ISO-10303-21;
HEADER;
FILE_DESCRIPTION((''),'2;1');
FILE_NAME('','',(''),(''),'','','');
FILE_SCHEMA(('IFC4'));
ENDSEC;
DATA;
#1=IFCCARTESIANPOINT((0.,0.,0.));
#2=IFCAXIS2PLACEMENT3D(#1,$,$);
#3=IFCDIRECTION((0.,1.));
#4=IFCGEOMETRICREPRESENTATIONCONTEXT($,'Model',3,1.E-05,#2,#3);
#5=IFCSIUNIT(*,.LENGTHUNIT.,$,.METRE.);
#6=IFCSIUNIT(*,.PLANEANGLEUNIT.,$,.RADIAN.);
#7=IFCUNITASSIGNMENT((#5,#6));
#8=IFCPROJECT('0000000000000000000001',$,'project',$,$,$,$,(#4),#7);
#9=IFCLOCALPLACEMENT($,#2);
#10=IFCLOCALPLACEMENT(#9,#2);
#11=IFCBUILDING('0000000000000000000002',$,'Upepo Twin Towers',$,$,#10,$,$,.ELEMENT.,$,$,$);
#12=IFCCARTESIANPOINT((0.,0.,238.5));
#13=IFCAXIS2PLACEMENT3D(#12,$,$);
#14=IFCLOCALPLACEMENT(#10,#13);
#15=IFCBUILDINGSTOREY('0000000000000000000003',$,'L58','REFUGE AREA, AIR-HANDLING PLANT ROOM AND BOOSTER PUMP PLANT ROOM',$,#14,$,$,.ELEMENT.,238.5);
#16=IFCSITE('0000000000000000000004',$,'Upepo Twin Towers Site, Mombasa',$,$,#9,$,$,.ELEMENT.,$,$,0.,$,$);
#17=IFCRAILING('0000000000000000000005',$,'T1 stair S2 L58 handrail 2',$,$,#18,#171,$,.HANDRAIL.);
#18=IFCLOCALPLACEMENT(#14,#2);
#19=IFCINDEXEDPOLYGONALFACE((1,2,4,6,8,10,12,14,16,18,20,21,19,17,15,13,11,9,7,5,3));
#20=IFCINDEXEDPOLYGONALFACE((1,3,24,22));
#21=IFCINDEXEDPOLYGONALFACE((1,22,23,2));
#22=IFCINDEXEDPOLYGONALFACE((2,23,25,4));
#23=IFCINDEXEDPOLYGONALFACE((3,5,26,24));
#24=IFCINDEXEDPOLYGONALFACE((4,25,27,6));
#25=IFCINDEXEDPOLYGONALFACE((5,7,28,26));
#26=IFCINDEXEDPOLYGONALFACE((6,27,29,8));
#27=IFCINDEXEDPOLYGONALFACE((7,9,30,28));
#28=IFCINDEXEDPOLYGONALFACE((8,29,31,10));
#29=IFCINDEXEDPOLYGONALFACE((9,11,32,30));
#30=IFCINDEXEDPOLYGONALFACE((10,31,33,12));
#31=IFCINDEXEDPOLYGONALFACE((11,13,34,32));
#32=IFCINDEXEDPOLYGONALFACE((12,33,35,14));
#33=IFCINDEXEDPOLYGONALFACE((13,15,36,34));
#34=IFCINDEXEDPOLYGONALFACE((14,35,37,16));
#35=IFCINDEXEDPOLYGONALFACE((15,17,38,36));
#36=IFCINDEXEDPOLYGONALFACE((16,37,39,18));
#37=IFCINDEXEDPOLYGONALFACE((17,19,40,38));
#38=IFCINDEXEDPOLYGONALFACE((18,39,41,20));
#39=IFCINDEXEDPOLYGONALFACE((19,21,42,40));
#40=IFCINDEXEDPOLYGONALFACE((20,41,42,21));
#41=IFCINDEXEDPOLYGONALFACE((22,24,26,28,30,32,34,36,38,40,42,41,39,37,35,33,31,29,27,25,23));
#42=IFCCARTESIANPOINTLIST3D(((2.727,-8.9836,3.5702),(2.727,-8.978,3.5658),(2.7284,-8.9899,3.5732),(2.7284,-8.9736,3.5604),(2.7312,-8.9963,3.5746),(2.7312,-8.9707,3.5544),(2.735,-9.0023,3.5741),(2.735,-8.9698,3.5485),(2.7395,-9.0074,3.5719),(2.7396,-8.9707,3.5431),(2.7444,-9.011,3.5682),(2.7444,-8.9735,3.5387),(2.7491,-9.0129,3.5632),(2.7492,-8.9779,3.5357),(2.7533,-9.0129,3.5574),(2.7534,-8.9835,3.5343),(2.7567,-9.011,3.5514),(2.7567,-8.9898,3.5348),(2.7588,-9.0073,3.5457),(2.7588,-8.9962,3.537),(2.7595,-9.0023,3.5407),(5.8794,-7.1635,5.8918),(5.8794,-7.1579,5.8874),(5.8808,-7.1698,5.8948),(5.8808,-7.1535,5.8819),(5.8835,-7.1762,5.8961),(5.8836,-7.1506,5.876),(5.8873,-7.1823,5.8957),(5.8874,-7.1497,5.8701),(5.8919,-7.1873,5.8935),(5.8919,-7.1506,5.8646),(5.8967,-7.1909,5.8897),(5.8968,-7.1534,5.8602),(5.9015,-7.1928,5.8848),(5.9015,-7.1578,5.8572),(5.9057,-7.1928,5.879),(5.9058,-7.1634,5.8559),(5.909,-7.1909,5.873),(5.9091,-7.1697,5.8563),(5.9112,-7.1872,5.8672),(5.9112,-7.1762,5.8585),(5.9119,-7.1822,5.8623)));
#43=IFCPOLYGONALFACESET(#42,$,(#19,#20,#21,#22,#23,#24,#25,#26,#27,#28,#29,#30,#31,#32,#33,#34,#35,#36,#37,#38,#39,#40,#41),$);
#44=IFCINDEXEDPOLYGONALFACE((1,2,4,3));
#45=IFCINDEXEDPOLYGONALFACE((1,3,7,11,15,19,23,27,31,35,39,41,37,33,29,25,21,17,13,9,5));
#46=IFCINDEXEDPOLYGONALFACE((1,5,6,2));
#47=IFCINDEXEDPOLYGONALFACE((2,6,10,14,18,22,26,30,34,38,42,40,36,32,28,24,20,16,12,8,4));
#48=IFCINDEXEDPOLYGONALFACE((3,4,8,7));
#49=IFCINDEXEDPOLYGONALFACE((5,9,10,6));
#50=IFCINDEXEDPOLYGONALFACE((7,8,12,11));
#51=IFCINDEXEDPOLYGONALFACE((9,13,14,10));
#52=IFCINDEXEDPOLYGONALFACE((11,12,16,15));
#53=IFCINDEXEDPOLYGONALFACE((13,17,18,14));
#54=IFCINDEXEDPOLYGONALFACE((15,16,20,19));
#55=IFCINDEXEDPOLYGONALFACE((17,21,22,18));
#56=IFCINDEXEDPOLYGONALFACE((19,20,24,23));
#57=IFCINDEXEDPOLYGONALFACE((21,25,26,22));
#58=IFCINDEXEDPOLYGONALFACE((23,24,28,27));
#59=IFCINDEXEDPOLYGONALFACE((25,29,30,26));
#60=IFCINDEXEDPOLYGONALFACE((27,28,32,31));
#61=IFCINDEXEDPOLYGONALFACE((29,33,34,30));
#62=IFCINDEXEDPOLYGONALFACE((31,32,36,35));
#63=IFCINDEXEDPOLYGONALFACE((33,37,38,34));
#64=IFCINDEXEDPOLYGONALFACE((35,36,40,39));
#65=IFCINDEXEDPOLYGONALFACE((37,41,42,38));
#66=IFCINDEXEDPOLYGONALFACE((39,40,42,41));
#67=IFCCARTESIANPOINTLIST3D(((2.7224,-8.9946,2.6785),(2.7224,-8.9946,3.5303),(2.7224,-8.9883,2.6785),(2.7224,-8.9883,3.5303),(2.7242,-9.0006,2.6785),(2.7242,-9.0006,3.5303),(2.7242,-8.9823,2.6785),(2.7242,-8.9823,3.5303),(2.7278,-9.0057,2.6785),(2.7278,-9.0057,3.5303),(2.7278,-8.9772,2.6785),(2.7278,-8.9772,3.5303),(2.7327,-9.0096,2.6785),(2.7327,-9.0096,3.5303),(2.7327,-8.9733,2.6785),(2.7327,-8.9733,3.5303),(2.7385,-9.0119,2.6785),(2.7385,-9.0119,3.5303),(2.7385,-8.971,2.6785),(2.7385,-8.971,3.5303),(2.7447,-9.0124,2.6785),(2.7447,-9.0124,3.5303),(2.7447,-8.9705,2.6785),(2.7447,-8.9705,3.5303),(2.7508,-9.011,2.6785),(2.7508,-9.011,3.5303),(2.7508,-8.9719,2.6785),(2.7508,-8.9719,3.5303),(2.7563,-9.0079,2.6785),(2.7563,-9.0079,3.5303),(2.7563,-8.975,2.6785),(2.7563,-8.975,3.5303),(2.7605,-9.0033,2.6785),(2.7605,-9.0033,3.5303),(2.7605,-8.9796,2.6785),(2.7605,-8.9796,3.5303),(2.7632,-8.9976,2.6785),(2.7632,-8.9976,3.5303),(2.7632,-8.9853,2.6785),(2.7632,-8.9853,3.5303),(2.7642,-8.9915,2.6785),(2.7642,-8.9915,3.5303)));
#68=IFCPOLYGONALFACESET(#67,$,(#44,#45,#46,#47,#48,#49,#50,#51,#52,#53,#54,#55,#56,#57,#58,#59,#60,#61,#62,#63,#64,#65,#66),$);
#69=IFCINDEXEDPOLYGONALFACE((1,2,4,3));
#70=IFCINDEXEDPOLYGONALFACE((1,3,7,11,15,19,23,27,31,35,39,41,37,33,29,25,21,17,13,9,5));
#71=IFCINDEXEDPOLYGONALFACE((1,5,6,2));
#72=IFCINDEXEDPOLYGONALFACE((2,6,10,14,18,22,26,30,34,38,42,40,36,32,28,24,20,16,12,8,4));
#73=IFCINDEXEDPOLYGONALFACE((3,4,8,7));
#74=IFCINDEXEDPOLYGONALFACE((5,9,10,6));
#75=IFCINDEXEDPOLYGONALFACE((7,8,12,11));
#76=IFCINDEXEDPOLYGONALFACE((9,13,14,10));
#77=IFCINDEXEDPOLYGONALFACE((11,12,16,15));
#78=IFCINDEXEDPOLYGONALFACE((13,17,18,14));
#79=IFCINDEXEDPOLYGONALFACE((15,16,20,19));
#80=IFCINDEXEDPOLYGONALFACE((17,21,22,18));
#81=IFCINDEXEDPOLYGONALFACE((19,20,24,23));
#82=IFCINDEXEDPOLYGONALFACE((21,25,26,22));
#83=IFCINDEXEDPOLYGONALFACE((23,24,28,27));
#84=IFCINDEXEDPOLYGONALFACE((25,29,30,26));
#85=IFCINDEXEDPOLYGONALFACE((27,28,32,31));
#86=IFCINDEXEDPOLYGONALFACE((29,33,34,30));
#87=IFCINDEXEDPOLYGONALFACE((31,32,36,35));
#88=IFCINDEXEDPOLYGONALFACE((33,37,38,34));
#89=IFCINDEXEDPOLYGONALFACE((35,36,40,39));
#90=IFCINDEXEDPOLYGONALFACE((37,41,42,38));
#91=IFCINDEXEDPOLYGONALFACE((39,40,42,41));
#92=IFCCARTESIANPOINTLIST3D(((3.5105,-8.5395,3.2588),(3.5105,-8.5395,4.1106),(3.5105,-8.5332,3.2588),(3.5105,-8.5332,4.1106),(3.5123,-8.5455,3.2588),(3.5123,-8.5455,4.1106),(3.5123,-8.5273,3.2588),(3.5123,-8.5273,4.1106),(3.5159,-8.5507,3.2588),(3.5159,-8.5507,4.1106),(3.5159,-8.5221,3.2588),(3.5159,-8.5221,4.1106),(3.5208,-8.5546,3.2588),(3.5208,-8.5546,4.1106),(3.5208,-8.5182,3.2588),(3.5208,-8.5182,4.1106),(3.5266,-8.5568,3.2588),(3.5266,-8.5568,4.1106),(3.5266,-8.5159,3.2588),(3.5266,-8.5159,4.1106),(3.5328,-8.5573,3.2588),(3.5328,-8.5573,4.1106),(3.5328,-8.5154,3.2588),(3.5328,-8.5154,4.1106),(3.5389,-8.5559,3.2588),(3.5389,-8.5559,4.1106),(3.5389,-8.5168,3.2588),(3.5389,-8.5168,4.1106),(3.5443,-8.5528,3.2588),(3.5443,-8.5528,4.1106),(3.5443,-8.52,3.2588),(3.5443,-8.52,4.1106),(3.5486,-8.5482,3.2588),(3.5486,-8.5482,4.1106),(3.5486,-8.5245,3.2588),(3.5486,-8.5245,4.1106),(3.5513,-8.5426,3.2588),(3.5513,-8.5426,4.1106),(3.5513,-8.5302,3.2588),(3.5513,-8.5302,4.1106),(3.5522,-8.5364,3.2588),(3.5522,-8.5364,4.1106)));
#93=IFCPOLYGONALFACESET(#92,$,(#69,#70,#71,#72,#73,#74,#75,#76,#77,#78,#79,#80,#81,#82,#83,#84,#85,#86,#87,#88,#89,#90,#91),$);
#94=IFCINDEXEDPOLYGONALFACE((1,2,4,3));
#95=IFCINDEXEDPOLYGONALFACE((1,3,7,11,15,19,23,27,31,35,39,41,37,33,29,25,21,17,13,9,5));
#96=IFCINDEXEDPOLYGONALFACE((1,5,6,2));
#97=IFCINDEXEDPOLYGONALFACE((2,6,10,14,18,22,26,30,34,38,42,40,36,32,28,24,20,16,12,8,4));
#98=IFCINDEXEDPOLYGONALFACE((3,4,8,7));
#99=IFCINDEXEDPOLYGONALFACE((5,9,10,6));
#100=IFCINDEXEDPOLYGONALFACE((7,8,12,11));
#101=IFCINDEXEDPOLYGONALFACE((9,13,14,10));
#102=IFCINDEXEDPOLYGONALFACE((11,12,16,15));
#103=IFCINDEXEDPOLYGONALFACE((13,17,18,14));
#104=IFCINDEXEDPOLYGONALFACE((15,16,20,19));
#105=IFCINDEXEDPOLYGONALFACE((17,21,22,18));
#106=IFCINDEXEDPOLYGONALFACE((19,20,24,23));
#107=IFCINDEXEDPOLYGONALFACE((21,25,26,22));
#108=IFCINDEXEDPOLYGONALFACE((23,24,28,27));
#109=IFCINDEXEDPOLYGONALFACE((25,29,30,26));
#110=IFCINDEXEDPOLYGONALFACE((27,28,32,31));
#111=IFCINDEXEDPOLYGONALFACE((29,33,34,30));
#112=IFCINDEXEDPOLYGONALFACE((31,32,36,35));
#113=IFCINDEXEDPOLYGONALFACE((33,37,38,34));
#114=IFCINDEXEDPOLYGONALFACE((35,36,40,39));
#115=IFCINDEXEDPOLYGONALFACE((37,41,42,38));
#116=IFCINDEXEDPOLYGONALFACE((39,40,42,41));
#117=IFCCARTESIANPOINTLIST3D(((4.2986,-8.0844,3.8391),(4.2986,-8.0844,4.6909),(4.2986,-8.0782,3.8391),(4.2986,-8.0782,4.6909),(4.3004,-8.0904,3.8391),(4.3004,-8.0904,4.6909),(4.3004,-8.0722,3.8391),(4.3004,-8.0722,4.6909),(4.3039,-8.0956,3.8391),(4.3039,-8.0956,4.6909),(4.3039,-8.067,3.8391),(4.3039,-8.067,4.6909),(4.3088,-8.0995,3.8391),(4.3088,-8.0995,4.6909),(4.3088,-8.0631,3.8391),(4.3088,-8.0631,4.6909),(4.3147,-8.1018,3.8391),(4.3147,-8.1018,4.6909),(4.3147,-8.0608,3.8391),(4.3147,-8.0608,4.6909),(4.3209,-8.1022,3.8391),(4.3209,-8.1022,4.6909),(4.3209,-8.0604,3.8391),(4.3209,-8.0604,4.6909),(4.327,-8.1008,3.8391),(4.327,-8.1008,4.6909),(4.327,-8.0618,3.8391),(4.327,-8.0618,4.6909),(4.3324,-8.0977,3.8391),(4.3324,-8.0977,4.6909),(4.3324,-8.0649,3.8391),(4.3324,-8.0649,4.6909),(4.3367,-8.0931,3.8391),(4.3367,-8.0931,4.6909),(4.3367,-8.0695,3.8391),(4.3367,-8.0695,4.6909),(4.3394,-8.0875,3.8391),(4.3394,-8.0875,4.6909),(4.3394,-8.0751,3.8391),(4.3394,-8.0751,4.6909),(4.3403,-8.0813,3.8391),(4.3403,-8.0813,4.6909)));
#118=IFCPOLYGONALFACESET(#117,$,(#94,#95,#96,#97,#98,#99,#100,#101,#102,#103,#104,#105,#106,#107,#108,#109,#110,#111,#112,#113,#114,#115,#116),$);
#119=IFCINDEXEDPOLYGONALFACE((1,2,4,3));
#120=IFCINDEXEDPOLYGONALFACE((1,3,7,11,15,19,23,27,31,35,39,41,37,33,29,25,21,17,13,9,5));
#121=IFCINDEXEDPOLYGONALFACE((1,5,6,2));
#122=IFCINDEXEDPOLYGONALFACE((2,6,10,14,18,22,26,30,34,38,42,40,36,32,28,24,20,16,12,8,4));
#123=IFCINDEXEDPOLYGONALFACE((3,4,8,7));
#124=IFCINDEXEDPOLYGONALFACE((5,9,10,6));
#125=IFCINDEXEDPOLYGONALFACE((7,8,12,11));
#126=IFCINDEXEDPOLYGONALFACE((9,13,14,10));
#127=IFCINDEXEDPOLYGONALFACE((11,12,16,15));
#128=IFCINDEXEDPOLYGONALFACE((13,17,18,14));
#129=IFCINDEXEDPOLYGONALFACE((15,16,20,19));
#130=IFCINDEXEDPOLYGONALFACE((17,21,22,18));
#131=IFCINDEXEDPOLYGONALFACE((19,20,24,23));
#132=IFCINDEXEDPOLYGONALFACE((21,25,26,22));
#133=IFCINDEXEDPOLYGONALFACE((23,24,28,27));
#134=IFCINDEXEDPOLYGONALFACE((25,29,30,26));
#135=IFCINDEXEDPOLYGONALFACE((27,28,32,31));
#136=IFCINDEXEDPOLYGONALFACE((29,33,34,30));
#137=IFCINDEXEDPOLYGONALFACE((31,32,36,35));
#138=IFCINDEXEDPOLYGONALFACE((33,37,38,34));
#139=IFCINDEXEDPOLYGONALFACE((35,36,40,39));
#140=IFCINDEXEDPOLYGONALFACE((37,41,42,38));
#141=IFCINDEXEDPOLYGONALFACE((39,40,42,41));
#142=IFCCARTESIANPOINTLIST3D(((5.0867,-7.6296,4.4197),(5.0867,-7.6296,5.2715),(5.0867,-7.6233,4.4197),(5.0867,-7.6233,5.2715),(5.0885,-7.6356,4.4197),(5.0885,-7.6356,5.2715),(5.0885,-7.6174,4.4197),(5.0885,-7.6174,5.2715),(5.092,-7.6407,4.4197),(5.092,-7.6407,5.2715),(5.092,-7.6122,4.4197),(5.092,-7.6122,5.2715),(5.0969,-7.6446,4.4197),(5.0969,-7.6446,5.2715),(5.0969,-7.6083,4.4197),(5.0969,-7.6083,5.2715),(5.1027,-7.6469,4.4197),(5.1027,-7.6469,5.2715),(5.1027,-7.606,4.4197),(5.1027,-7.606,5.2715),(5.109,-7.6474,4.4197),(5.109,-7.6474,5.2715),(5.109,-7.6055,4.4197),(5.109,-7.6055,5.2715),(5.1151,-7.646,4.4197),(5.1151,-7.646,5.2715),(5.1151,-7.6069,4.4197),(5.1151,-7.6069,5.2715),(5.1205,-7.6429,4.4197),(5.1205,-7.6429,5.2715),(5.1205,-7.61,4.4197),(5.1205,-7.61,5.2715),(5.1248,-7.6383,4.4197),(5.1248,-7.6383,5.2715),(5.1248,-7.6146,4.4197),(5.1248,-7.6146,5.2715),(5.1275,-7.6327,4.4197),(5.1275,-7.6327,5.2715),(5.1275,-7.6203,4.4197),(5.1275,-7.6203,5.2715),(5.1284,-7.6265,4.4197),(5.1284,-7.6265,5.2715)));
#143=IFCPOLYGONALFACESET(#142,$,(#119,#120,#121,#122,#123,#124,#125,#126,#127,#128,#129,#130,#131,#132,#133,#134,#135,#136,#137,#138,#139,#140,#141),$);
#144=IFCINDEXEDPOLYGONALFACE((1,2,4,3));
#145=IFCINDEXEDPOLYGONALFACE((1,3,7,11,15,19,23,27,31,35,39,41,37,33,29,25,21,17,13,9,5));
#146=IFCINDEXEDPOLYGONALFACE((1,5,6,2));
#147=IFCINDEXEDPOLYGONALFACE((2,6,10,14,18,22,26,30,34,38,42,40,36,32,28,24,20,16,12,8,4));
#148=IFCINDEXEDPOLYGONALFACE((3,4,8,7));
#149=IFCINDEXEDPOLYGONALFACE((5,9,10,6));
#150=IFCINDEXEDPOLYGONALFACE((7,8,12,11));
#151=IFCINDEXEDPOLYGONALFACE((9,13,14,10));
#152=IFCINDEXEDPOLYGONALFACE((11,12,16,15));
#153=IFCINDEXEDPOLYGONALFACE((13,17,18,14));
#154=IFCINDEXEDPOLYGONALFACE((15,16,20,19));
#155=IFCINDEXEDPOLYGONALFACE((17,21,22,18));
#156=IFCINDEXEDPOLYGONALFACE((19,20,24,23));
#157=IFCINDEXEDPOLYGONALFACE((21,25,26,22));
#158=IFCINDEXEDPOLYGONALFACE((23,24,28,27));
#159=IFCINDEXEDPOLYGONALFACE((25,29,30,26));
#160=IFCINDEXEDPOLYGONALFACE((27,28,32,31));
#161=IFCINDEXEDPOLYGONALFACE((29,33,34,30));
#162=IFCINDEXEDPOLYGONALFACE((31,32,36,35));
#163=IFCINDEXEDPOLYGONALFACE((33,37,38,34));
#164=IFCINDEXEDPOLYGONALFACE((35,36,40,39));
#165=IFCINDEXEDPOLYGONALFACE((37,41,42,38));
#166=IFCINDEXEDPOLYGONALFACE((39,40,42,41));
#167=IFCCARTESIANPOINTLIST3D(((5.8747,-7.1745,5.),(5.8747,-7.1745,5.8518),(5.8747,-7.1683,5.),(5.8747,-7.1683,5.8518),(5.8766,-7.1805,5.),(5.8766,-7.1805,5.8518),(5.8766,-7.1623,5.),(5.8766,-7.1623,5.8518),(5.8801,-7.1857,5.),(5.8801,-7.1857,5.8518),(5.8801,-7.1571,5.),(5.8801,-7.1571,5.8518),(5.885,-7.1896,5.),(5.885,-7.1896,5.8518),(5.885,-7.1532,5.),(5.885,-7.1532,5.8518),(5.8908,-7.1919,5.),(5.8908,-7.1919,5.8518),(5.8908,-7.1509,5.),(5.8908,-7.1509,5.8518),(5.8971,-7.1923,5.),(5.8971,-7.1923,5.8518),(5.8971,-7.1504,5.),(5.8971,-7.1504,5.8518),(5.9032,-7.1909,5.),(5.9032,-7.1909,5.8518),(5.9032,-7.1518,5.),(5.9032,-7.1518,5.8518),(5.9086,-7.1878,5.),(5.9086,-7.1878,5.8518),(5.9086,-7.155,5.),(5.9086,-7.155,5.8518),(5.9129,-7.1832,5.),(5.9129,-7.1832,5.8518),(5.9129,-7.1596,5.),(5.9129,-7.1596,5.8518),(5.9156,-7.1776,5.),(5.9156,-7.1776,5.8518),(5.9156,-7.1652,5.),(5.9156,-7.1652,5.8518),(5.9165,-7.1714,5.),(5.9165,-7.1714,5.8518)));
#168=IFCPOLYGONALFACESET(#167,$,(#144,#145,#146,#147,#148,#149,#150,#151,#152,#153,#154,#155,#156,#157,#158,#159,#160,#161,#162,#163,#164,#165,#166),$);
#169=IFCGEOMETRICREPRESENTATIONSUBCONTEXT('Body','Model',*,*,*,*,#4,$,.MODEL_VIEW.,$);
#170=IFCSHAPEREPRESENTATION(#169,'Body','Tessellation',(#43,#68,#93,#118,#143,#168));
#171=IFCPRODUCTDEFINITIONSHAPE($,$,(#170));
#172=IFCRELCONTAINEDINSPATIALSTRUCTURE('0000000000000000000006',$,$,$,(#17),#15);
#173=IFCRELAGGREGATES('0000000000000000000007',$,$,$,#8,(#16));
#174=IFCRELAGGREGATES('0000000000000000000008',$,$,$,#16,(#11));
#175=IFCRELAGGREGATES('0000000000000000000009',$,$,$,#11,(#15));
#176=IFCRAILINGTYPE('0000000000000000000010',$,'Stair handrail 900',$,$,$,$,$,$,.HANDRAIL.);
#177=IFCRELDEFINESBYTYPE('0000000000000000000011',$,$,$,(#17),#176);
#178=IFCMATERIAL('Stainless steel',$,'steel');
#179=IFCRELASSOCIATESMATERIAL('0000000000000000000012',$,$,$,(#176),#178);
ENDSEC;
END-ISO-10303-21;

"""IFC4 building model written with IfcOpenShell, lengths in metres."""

from ifc_helpers import new_model, si_unit, direction, frame, origin, origin_2d, place, context, subcontext, project, spatial, circle, extrude, material, type_object, element, save


model = new_model("IFC4")

# Units and contexts
model_context = context("Model", 3, precision=1e-05, world=origin(), true_north=direction((0.0, 1.0)))
body_context = subcontext(model_context, "Body", "Model", "MODEL_VIEW")
ifc_project = project(units=[si_unit("LENGTHUNIT", "METRE"), si_unit("PLANEANGLEUNIT", "RADIAN")], contexts=[model_context])

# Site, building, storey
site_placement = place(None, origin())
site = spatial("IfcSite", under=ifc_project, at=site_placement, Name="Upepo Twin Towers Site, Mombasa", CompositionType="ELEMENT", RefElevation=0.0)
building_placement = place(site_placement, origin())
building = spatial("IfcBuilding", under=site, at=building_placement, Name="Upepo Twin Towers", CompositionType="ELEMENT")
storey_placement = place(building_placement, frame((0.0, 0.0, 238.5)))
storey = spatial("IfcBuildingStorey", under=building, at=storey_placement, Name="L58", Description="REFUGE AREA, AIR-HANDLING PLANT ROOM AND BOOSTER PUMP PLANT ROOM", CompositionType="ELEMENT", Elevation=238.5)

# Railing
ifc_material_1 = material(Name="Stainless steel", Category="steel")
railing_type_1 = type_object("IfcRailingType", Name="Stair handrail 900", PredefinedType="HANDRAIL", material=ifc_material_1)
railing_1_placement = place(storey_placement, frame((2.7432, -8.9915, 2.6785)))
element("IfcRailing", 1, at=railing_1_placement, inside=storey, type_object=railing_type_1, Name="T1 stair S2 L58 handrail 2", PredefinedType="HANDRAIL", context=body_context, shape_type="SweptSolid", body=[
    extrude(circle(Radius=0.0239, at=origin_2d()), frame((0.0, 0.0, 0.876), z_axis=(0.730159, 0.421572, 0.537723), x_axis=(-0.500013, 0.866018, 0.0)), (0.0, 0.0, 1.0), 4.3174),
    extrude(circle(Radius=0.021, at=origin_2d()), origin(), (0.0, 0.0, 1.0), 0.8518),
    extrude(circle(Radius=0.021, at=origin_2d()), frame((0.7881, 0.4551, 0.5803)), (0.0, 0.0, 1.0), 0.8518),
    extrude(circle(Radius=0.021, at=origin_2d()), frame((1.5762, 0.9102, 1.1606)), (0.0, 0.0, 1.0), 0.8518),
    extrude(circle(Radius=0.021, at=origin_2d()), frame((2.3643, 1.365, 1.7412)), (0.0, 0.0, 1.0), 0.8518),
    extrude(circle(Radius=0.021, at=origin_2d()), frame((3.1523, 1.8201, 2.3215)), (0.0, 0.0, 1.0), 0.8518),
])

save(model, "model.ifc")
